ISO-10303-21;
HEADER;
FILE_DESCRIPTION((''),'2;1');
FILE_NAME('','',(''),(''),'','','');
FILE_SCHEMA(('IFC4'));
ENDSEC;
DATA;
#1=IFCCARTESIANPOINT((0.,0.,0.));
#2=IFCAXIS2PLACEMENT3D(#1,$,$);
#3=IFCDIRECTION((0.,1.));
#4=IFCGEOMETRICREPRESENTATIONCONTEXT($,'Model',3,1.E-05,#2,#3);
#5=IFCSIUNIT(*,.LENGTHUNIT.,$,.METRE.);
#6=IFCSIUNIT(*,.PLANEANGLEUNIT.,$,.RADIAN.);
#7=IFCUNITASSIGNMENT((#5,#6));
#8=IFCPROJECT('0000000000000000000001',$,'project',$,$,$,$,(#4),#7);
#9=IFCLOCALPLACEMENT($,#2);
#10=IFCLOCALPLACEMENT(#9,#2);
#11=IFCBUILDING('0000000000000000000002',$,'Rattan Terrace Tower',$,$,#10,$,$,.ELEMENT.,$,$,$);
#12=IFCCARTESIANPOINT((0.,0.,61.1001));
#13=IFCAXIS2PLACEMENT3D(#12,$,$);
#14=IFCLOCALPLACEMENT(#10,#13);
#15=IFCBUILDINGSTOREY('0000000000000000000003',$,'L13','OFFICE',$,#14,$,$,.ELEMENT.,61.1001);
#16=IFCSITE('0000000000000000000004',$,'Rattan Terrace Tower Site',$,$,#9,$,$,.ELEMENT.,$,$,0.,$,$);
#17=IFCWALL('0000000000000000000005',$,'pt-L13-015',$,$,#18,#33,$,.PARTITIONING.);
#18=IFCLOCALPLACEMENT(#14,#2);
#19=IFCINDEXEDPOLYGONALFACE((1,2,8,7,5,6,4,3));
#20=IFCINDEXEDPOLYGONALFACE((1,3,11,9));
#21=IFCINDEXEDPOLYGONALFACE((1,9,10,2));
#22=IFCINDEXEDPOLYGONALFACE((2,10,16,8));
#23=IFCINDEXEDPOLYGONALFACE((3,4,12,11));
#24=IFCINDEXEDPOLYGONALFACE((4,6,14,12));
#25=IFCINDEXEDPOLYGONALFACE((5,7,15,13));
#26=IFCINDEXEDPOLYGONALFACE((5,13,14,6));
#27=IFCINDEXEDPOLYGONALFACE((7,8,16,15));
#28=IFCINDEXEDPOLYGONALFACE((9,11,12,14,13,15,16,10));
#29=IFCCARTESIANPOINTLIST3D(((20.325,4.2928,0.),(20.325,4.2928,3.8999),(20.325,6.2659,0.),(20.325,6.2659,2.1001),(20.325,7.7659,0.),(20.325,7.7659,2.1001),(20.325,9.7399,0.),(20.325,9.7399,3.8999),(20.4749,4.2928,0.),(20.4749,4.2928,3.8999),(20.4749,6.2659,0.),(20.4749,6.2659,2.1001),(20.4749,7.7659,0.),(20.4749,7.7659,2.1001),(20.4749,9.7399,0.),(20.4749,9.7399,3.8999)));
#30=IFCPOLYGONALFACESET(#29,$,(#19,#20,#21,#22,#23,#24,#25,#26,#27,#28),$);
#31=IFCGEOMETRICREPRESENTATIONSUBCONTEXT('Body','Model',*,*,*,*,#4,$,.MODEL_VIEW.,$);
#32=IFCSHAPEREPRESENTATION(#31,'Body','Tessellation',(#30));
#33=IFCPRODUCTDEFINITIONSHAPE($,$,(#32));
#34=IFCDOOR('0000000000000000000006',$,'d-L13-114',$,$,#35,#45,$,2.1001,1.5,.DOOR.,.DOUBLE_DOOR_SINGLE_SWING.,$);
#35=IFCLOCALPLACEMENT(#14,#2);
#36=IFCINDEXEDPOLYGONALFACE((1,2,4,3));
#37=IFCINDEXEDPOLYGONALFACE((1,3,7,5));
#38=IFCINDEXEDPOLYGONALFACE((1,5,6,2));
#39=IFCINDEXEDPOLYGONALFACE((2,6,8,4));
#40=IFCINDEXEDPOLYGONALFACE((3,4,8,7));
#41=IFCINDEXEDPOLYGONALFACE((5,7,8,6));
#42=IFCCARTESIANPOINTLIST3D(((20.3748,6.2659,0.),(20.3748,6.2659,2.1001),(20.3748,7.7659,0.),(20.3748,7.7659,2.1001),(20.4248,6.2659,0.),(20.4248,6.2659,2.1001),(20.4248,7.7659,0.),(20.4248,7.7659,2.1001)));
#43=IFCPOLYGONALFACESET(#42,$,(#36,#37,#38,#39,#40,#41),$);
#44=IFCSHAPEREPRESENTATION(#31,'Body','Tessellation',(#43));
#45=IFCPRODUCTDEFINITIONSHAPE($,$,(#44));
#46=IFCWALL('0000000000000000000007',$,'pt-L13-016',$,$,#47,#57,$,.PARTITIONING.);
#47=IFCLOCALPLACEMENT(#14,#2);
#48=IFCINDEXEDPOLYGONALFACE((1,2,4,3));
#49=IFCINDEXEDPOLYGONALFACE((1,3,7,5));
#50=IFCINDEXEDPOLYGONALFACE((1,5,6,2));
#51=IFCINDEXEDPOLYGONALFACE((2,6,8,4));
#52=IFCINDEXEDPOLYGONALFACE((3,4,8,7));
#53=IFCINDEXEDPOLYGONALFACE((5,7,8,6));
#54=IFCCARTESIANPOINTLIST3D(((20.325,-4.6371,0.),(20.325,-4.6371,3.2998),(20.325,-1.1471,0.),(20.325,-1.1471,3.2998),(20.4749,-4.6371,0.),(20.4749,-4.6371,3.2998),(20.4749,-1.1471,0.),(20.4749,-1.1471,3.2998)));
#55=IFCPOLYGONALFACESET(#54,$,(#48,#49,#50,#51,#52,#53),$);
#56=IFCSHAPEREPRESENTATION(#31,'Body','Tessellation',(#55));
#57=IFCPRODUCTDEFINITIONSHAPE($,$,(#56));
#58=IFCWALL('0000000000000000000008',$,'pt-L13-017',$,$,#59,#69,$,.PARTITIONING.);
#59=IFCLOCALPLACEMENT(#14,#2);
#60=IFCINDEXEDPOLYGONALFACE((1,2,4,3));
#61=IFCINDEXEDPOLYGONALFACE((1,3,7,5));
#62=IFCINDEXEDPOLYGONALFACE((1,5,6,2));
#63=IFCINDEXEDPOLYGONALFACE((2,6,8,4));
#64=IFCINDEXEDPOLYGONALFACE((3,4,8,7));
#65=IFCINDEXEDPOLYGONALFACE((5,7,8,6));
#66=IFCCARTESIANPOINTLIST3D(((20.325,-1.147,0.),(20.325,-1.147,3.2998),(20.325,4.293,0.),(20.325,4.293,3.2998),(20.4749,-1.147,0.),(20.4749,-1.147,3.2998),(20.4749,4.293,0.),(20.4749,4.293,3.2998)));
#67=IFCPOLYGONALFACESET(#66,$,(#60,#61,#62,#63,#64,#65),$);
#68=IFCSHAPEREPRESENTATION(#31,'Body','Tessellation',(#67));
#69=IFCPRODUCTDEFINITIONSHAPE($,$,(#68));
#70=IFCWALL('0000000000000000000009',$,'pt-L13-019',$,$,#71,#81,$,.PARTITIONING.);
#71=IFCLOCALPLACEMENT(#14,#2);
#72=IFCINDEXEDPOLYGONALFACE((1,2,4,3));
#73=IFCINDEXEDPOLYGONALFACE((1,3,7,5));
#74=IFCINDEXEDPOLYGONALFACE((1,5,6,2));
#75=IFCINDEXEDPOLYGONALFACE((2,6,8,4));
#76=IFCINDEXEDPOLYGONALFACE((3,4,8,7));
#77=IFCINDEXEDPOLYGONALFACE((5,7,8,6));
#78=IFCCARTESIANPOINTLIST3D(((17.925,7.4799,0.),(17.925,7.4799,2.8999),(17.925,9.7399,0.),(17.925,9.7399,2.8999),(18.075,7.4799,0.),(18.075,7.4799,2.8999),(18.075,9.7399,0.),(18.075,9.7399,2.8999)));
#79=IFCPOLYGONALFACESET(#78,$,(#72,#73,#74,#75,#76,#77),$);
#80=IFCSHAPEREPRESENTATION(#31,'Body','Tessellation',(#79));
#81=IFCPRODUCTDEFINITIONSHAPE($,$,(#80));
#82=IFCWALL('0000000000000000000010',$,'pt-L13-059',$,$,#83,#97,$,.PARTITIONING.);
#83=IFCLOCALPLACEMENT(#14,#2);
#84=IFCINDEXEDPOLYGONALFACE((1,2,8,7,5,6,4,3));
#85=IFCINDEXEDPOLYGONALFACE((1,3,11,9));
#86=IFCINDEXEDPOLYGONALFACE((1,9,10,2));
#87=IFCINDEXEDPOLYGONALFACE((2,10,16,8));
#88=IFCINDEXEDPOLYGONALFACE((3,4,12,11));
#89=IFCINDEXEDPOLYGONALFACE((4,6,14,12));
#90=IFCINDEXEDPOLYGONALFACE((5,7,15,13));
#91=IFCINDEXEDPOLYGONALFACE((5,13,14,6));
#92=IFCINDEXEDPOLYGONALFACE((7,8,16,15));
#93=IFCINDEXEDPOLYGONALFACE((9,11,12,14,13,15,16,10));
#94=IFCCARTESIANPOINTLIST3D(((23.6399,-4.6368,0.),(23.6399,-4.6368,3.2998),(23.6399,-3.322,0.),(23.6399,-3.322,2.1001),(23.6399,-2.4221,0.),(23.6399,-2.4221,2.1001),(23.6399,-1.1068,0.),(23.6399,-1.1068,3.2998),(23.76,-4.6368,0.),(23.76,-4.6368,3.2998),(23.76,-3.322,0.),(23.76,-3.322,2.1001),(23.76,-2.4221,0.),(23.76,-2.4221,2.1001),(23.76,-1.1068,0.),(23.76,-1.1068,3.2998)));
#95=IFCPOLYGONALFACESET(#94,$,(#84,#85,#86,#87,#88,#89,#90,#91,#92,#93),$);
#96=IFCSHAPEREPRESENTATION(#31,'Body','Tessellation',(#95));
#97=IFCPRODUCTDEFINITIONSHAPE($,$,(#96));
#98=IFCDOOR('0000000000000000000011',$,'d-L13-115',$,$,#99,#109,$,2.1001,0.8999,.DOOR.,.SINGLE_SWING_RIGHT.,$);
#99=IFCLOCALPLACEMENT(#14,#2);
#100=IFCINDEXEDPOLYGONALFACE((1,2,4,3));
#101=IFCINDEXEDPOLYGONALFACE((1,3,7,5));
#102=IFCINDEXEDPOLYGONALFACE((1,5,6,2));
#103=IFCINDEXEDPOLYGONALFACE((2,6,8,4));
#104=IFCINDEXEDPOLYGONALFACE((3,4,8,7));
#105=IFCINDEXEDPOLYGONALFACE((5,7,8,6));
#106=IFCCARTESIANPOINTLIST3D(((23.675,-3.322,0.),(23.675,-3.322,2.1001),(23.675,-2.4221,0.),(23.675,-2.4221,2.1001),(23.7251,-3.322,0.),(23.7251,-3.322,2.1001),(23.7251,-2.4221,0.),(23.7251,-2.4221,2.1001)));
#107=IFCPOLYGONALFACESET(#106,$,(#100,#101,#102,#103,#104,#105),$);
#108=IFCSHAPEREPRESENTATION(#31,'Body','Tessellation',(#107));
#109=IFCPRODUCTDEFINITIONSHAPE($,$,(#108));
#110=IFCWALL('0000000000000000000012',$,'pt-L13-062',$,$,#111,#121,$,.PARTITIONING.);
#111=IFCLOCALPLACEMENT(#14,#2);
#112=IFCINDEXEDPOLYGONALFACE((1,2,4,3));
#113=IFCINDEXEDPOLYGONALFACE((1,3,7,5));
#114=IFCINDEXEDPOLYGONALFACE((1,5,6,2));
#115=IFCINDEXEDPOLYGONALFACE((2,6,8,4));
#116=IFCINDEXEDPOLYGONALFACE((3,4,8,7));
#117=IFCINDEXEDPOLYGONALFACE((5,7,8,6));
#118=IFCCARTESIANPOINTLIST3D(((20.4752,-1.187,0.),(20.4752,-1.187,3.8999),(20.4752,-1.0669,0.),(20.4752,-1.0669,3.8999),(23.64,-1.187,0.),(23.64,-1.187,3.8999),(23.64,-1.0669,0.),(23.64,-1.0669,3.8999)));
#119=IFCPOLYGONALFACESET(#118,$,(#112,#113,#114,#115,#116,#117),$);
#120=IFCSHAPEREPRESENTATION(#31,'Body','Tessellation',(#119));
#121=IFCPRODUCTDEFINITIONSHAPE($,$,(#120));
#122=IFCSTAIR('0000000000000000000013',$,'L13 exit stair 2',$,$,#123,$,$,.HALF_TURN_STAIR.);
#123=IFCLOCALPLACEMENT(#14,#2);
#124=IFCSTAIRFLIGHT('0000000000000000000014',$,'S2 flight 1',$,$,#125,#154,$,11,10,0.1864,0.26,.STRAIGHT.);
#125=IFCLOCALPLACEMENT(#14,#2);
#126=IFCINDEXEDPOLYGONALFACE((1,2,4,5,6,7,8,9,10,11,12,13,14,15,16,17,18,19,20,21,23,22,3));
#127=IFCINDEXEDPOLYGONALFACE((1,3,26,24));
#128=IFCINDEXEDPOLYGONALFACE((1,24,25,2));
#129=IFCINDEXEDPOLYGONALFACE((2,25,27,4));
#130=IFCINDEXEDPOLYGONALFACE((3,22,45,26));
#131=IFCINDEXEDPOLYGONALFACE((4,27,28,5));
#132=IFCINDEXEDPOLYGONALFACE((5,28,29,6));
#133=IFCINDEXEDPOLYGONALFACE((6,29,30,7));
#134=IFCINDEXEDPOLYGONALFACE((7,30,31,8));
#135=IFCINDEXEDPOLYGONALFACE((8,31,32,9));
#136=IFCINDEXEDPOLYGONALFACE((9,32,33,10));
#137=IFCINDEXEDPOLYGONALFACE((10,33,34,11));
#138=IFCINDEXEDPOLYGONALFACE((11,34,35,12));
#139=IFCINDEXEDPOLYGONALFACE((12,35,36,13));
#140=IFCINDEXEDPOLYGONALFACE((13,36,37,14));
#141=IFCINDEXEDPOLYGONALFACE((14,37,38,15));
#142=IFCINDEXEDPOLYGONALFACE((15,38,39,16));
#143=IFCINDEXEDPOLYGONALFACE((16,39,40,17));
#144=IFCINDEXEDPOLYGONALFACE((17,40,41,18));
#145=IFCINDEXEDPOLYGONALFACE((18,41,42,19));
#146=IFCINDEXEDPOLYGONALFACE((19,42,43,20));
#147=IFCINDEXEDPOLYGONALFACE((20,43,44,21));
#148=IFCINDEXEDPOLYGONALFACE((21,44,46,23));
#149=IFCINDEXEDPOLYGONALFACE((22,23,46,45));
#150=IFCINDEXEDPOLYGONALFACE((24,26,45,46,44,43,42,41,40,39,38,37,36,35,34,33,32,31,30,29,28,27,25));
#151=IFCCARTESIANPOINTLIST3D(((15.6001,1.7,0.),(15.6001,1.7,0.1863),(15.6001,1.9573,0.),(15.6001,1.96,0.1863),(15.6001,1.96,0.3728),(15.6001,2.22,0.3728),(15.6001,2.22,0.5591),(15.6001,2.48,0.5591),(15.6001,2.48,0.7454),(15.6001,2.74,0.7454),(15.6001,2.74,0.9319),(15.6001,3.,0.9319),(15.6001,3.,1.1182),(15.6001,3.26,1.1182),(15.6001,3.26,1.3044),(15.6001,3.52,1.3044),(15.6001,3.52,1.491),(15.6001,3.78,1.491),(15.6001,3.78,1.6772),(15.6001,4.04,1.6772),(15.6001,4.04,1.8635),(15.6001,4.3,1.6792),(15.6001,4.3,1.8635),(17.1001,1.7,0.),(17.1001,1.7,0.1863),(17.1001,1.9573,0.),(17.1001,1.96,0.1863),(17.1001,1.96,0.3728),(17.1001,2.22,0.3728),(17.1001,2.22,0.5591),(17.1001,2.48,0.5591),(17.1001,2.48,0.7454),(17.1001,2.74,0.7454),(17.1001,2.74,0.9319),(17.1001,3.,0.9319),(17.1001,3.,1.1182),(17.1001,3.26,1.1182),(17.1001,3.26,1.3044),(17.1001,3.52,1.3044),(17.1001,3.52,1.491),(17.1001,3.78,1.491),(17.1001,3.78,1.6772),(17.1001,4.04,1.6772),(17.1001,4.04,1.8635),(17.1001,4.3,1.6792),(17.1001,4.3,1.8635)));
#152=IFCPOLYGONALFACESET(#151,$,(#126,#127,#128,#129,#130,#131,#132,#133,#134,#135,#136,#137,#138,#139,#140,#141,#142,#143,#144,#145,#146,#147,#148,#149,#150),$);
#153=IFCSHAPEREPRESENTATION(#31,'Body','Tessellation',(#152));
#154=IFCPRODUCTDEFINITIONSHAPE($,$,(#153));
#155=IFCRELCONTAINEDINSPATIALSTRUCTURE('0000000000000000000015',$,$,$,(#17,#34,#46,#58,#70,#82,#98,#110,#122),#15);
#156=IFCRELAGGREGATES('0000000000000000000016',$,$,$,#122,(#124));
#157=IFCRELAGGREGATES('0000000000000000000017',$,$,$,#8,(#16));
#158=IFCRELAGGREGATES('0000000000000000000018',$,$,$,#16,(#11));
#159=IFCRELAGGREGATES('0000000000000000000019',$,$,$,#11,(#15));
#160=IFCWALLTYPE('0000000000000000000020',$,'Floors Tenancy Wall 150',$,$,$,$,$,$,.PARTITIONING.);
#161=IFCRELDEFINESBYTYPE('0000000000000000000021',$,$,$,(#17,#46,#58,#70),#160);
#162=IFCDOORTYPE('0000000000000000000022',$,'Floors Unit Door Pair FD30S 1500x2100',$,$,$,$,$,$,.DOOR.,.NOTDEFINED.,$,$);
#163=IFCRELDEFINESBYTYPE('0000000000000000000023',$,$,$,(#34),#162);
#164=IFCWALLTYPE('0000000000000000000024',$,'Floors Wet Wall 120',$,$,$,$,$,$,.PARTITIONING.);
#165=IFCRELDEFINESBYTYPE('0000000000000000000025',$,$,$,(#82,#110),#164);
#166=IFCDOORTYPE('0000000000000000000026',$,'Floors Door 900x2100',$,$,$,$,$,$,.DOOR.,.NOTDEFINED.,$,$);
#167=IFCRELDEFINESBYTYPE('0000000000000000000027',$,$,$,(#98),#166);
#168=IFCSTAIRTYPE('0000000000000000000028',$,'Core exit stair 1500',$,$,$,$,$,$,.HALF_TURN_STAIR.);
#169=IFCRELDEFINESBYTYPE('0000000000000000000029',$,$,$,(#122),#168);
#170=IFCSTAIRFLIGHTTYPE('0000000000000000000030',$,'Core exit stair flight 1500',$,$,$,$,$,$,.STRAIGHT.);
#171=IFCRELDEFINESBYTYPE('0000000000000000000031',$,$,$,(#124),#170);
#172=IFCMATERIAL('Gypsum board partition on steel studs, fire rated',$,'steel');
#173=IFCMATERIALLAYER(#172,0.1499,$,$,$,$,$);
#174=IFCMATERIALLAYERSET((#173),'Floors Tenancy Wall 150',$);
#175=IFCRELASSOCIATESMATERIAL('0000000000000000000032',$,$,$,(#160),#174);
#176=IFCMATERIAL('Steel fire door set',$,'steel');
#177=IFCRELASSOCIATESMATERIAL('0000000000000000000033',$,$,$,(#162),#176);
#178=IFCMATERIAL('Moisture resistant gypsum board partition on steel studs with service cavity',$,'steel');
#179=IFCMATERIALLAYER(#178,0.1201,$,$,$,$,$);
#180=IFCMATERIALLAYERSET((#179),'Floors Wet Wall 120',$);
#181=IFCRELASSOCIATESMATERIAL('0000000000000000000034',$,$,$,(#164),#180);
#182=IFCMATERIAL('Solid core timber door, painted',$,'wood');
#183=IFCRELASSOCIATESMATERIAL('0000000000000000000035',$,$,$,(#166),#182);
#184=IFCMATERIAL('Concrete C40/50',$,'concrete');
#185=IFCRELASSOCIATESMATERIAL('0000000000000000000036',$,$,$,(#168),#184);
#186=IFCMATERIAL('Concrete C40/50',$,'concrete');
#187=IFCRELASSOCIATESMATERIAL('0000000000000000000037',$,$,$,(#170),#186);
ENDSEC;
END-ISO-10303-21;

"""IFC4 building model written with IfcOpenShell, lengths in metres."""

from ifc_helpers import new_model, si_unit, direction, frame, frame_2d, origin, place, context, subcontext, project, spatial, polyline, rectangle, outline, extrude, material, layer, layer_set, type_object, element, fill, aggregate, save


model = new_model("IFC4")

# Units and contexts
model_context = context("Model", 3, precision=1e-05, world=origin(), true_north=direction((0.0, 1.0)))
body_context = subcontext(model_context, "Body", "Model", "MODEL_VIEW")
ifc_project = project(units=[si_unit("LENGTHUNIT", "METRE"), si_unit("PLANEANGLEUNIT", "RADIAN")], contexts=[model_context])

# Site, building, storey
site_placement = place(None, origin())
site = spatial("IfcSite", under=ifc_project, at=site_placement, Name="Rattan Terrace Tower Site", CompositionType="ELEMENT", RefElevation=0.0)
building_placement = place(site_placement, origin())
building = spatial("IfcBuilding", under=site, at=building_placement, Name="Rattan Terrace Tower", CompositionType="ELEMENT")
storey_placement = place(building_placement, frame((0.0, 0.0, 61.1001)))
storey = spatial("IfcBuildingStorey", under=building, at=storey_placement, Name="L13", Description="OFFICE", CompositionType="ELEMENT", Elevation=61.1001)

# Wall, opening, door
ifc_material_1 = material(Name="Gypsum board partition on steel studs, fire rated", Category="steel")
ifc_layer_1 = layer(ifc_material_1, 0.1499)
ifc_layer_set_1 = layer_set([ifc_layer_1], Name="Floors Tenancy Wall 150")
wall_type_1 = type_object("IfcWallType", Name="Floors Tenancy Wall 150", PredefinedType="PARTITIONING", material=ifc_layer_set_1)
ifc_material_2 = material(Name="Steel fire door set", Category="steel")
door_type_1 = type_object("IfcDoorType", Name="Floors Unit Door Pair FD30S 1500x2100", OperationType="NOTDEFINED", PredefinedType="DOOR", material=ifc_material_2)
wall_1_placement = place(storey_placement, frame((20.3999, 9.74, 0.0), z_axis=(0.0, 0.0, 1.0), x_axis=(0.0, -1.0, 0.0)))
wall_1 = element("IfcWall", 1, at=wall_1_placement, inside=storey, type_object=wall_type_1, Name="pt-L13-015", PredefinedType="PARTITIONING", context=body_context, shape_type="SweptSolid", body=[
    extrude(rectangle(XDim=5.447, YDim=0.1499, at=frame_2d((2.7236, 0.0))), origin(), (0.0, 0.0, 1.0), 3.8999),
])
opening_1_placement = place(wall_1_placement, frame((1.9741, 0.0, 0.0)))
opening_1 = element("IfcOpeningElement", 2, at=opening_1_placement, cuts=wall_1, PredefinedType="OPENING", context=body_context, shape_type="SweptSolid", body=[
    extrude(rectangle(XDim=1.5, YDim=2.1001, at=frame_2d((0.75, 1.05))), frame((0.0, 0.0854, 0.0), z_axis=(0.0, -1.0, 0.0), x_axis=(1.0, 0.0, 0.0)), (0.0, 0.0, 1.0), 0.1709),
])
door_1_placement = place(opening_1_placement, origin())
door_1 = element("IfcDoor", 3, at=door_1_placement, inside=storey, type_object=door_type_1, Name="d-L13-114", OperationType="DOUBLE_DOOR_SINGLE_SWING", OverallHeight=2.1001, OverallWidth=1.5, PredefinedType="DOOR", context=body_context, shape_type="SweptSolid", body=[
    extrude(rectangle(XDim=1.5, YDim=2.1001, at=frame_2d((0.75, 1.05))), frame((0.0, 0.0249, 0.0), z_axis=(0.0, -1.0, 0.0), x_axis=(1.0, 0.0, 0.0)), (0.0, 0.0, 1.0), 0.05),
])
fill(opening_1, door_1)

# Walls
wall_2_placement = place(storey_placement, frame((20.3999, -1.147, 0.0), z_axis=(0.0, 0.0, 1.0), x_axis=(0.0, -1.0, 0.0)))
element("IfcWall", 4, at=wall_2_placement, inside=storey, type_object=wall_type_1, Name="pt-L13-016", PredefinedType="PARTITIONING", context=body_context, shape_type="SweptSolid", body=[
    extrude(rectangle(XDim=3.49, YDim=0.1499, at=frame_2d((1.7451, 0.0))), origin(), (0.0, 0.0, 1.0), 3.2998),
])
wall_3_placement = place(storey_placement, frame((20.3999, 4.293, 0.0), z_axis=(0.0, 0.0, 1.0), x_axis=(0.0, -1.0, 0.0)))
element("IfcWall", 5, at=wall_3_placement, inside=storey, type_object=wall_type_1, Name="pt-L13-017", PredefinedType="PARTITIONING", context=body_context, shape_type="SweptSolid", body=[
    extrude(rectangle(XDim=5.4399, YDim=0.1499, at=frame_2d((2.72, 0.0))), origin(), (0.0, 0.0, 1.0), 3.2998),
])
wall_4_placement = place(storey_placement, frame((18.0, 7.48, 0.0), z_axis=(0.0, 0.0, 1.0), x_axis=(0.0, 1.0, 0.0)))
element("IfcWall", 6, at=wall_4_placement, inside=storey, type_object=wall_type_1, Name="pt-L13-019", PredefinedType="PARTITIONING", context=body_context, shape_type="SweptSolid", body=[
    extrude(rectangle(XDim=2.26, YDim=0.1499, at=frame_2d((1.1299, 0.0))), origin(), (0.0, 0.0, 1.0), 2.8999),
])

# Wall, opening, door
ifc_material_3 = material(Name="Moisture resistant gypsum board partition on steel studs with service cavity", Category="steel")
ifc_layer_2 = layer(ifc_material_3, 0.1201)
ifc_layer_set_2 = layer_set([ifc_layer_2], Name="Floors Wet Wall 120")
wall_type_2 = type_object("IfcWallType", Name="Floors Wet Wall 120", PredefinedType="PARTITIONING", material=ifc_layer_set_2)
wall_5_placement = place(storey_placement, frame((23.7, -4.637, 0.0), z_axis=(0.0, 0.0, 1.0), x_axis=(0.0, 1.0, 0.0)))
wall_5 = element("IfcWall", 7, at=wall_5_placement, inside=storey, type_object=wall_type_2, Name="pt-L13-059", PredefinedType="PARTITIONING", context=body_context, shape_type="SweptSolid", body=[
    extrude(rectangle(XDim=3.53, YDim=0.1201, at=frame_2d((1.7651, 0.0))), origin(), (0.0, 0.0, 1.0), 3.2998),
])
opening_2_placement = place(wall_5_placement, frame((1.3149, 0.0, 0.0)))
opening_2 = element("IfcOpeningElement", 8, at=opening_2_placement, cuts=wall_5, PredefinedType="OPENING", context=body_context, shape_type="SweptSolid", body=[
    extrude(rectangle(XDim=0.8999, YDim=2.1001, at=frame_2d((0.45, 1.05))), frame((0.0, 0.0706, 0.0), z_axis=(0.0, -1.0, 0.0), x_axis=(1.0, 0.0, 0.0)), (0.0, 0.0, 1.0), 0.1411),
])
ifc_material_4 = material(Name="Solid core timber door, painted", Category="wood")
door_type_2 = type_object("IfcDoorType", Name="Floors Door 900x2100", OperationType="NOTDEFINED", PredefinedType="DOOR", material=ifc_material_4)
door_2_placement = place(opening_2_placement, origin())
door_2 = element("IfcDoor", 9, at=door_2_placement, inside=storey, type_object=door_type_2, Name="d-L13-115", OperationType="SINGLE_SWING_RIGHT", OverallHeight=2.1001, OverallWidth=0.8999, PredefinedType="DOOR", context=body_context, shape_type="SweptSolid", body=[
    extrude(rectangle(XDim=0.8999, YDim=2.1001, at=frame_2d((0.45, 1.05))), frame((0.0, 0.0249, 0.0), z_axis=(0.0, -1.0, 0.0), x_axis=(1.0, 0.0, 0.0)), (0.0, 0.0, 1.0), 0.05),
])
fill(opening_2, door_2)

# Wall
wall_6_placement = place(storey_placement, frame((20.4751, -1.127, 0.0), z_axis=(0.0, 0.0, 1.0), x_axis=(1.0, 0.0, 0.0)))
element("IfcWall", 10, at=wall_6_placement, inside=storey, type_object=wall_type_2, Name="pt-L13-062", PredefinedType="PARTITIONING", context=body_context, shape_type="SweptSolid", body=[
    extrude(rectangle(XDim=3.1648, YDim=0.1201, at=frame_2d((1.5825, 0.0))), origin(), (0.0, 0.0, 1.0), 3.8999),
])

# Stair, stair flight
ifc_material_5 = material(Name="Concrete C40/50", Category="concrete")
stair_type = type_object("IfcStairType", Name="Core exit stair 1500", PredefinedType="HALF_TURN_STAIR", material=ifc_material_5)
stair_placement = place(storey_placement, origin())
stair = element("IfcStair", 11, at=stair_placement, inside=storey, type_object=stair_type, Name="L13 exit stair 2", PredefinedType="HALF_TURN_STAIR")
ifc_material_6 = material(Name="Concrete C40/50", Category="concrete")
stair_flight_type = type_object("IfcStairFlightType", Name="Core exit stair flight 1500", PredefinedType="STRAIGHT", material=ifc_material_6)
stair_flight_placement = place(storey_placement, frame((16.3501, 1.7, 0.0), z_axis=(0.0, 0.0, 1.0), x_axis=(0.0, 1.0, 0.0)))
stair_flight = element("IfcStairFlight", 12, at=stair_flight_placement, type_object=stair_flight_type, Name="S2 flight 1", NumberOfRisers=11, NumberOfTreads=10, PredefinedType="STRAIGHT", RiserHeight=0.1864, TreadLength=0.26, context=body_context, shape_type="SweptSolid", body=[
    extrude(outline(polyline([(0.0, 0.0), (0.0, 0.1863), (0.26, 0.1863), (0.26, 0.3728), (0.52, 0.3728), (0.52, 0.5591), (0.78, 0.5591), (0.78, 0.7454), (1.04, 0.7454), (1.04, 0.9319), (1.3, 0.9319), (1.3, 1.1182), (1.5601, 1.1182), (1.5601, 1.3044), (1.8201, 1.3044), (1.8201, 1.491), (2.0801, 1.491), (2.0801, 1.6772), (2.3401, 1.6772), (2.3401, 1.8635), (2.6001, 1.8635), (2.6001, 2.05), (2.6001, 1.6792), (0.2573, 0.0), (0.0, 0.0)])), frame((0.0, 0.75, 0.0), z_axis=(0.0, -1.0, 0.0), x_axis=(1.0, 0.0, 0.0)), (0.0, 0.0, 1.0), 1.5),
])
aggregate(stair, [stair_flight])

save(model, "model.ifc")
